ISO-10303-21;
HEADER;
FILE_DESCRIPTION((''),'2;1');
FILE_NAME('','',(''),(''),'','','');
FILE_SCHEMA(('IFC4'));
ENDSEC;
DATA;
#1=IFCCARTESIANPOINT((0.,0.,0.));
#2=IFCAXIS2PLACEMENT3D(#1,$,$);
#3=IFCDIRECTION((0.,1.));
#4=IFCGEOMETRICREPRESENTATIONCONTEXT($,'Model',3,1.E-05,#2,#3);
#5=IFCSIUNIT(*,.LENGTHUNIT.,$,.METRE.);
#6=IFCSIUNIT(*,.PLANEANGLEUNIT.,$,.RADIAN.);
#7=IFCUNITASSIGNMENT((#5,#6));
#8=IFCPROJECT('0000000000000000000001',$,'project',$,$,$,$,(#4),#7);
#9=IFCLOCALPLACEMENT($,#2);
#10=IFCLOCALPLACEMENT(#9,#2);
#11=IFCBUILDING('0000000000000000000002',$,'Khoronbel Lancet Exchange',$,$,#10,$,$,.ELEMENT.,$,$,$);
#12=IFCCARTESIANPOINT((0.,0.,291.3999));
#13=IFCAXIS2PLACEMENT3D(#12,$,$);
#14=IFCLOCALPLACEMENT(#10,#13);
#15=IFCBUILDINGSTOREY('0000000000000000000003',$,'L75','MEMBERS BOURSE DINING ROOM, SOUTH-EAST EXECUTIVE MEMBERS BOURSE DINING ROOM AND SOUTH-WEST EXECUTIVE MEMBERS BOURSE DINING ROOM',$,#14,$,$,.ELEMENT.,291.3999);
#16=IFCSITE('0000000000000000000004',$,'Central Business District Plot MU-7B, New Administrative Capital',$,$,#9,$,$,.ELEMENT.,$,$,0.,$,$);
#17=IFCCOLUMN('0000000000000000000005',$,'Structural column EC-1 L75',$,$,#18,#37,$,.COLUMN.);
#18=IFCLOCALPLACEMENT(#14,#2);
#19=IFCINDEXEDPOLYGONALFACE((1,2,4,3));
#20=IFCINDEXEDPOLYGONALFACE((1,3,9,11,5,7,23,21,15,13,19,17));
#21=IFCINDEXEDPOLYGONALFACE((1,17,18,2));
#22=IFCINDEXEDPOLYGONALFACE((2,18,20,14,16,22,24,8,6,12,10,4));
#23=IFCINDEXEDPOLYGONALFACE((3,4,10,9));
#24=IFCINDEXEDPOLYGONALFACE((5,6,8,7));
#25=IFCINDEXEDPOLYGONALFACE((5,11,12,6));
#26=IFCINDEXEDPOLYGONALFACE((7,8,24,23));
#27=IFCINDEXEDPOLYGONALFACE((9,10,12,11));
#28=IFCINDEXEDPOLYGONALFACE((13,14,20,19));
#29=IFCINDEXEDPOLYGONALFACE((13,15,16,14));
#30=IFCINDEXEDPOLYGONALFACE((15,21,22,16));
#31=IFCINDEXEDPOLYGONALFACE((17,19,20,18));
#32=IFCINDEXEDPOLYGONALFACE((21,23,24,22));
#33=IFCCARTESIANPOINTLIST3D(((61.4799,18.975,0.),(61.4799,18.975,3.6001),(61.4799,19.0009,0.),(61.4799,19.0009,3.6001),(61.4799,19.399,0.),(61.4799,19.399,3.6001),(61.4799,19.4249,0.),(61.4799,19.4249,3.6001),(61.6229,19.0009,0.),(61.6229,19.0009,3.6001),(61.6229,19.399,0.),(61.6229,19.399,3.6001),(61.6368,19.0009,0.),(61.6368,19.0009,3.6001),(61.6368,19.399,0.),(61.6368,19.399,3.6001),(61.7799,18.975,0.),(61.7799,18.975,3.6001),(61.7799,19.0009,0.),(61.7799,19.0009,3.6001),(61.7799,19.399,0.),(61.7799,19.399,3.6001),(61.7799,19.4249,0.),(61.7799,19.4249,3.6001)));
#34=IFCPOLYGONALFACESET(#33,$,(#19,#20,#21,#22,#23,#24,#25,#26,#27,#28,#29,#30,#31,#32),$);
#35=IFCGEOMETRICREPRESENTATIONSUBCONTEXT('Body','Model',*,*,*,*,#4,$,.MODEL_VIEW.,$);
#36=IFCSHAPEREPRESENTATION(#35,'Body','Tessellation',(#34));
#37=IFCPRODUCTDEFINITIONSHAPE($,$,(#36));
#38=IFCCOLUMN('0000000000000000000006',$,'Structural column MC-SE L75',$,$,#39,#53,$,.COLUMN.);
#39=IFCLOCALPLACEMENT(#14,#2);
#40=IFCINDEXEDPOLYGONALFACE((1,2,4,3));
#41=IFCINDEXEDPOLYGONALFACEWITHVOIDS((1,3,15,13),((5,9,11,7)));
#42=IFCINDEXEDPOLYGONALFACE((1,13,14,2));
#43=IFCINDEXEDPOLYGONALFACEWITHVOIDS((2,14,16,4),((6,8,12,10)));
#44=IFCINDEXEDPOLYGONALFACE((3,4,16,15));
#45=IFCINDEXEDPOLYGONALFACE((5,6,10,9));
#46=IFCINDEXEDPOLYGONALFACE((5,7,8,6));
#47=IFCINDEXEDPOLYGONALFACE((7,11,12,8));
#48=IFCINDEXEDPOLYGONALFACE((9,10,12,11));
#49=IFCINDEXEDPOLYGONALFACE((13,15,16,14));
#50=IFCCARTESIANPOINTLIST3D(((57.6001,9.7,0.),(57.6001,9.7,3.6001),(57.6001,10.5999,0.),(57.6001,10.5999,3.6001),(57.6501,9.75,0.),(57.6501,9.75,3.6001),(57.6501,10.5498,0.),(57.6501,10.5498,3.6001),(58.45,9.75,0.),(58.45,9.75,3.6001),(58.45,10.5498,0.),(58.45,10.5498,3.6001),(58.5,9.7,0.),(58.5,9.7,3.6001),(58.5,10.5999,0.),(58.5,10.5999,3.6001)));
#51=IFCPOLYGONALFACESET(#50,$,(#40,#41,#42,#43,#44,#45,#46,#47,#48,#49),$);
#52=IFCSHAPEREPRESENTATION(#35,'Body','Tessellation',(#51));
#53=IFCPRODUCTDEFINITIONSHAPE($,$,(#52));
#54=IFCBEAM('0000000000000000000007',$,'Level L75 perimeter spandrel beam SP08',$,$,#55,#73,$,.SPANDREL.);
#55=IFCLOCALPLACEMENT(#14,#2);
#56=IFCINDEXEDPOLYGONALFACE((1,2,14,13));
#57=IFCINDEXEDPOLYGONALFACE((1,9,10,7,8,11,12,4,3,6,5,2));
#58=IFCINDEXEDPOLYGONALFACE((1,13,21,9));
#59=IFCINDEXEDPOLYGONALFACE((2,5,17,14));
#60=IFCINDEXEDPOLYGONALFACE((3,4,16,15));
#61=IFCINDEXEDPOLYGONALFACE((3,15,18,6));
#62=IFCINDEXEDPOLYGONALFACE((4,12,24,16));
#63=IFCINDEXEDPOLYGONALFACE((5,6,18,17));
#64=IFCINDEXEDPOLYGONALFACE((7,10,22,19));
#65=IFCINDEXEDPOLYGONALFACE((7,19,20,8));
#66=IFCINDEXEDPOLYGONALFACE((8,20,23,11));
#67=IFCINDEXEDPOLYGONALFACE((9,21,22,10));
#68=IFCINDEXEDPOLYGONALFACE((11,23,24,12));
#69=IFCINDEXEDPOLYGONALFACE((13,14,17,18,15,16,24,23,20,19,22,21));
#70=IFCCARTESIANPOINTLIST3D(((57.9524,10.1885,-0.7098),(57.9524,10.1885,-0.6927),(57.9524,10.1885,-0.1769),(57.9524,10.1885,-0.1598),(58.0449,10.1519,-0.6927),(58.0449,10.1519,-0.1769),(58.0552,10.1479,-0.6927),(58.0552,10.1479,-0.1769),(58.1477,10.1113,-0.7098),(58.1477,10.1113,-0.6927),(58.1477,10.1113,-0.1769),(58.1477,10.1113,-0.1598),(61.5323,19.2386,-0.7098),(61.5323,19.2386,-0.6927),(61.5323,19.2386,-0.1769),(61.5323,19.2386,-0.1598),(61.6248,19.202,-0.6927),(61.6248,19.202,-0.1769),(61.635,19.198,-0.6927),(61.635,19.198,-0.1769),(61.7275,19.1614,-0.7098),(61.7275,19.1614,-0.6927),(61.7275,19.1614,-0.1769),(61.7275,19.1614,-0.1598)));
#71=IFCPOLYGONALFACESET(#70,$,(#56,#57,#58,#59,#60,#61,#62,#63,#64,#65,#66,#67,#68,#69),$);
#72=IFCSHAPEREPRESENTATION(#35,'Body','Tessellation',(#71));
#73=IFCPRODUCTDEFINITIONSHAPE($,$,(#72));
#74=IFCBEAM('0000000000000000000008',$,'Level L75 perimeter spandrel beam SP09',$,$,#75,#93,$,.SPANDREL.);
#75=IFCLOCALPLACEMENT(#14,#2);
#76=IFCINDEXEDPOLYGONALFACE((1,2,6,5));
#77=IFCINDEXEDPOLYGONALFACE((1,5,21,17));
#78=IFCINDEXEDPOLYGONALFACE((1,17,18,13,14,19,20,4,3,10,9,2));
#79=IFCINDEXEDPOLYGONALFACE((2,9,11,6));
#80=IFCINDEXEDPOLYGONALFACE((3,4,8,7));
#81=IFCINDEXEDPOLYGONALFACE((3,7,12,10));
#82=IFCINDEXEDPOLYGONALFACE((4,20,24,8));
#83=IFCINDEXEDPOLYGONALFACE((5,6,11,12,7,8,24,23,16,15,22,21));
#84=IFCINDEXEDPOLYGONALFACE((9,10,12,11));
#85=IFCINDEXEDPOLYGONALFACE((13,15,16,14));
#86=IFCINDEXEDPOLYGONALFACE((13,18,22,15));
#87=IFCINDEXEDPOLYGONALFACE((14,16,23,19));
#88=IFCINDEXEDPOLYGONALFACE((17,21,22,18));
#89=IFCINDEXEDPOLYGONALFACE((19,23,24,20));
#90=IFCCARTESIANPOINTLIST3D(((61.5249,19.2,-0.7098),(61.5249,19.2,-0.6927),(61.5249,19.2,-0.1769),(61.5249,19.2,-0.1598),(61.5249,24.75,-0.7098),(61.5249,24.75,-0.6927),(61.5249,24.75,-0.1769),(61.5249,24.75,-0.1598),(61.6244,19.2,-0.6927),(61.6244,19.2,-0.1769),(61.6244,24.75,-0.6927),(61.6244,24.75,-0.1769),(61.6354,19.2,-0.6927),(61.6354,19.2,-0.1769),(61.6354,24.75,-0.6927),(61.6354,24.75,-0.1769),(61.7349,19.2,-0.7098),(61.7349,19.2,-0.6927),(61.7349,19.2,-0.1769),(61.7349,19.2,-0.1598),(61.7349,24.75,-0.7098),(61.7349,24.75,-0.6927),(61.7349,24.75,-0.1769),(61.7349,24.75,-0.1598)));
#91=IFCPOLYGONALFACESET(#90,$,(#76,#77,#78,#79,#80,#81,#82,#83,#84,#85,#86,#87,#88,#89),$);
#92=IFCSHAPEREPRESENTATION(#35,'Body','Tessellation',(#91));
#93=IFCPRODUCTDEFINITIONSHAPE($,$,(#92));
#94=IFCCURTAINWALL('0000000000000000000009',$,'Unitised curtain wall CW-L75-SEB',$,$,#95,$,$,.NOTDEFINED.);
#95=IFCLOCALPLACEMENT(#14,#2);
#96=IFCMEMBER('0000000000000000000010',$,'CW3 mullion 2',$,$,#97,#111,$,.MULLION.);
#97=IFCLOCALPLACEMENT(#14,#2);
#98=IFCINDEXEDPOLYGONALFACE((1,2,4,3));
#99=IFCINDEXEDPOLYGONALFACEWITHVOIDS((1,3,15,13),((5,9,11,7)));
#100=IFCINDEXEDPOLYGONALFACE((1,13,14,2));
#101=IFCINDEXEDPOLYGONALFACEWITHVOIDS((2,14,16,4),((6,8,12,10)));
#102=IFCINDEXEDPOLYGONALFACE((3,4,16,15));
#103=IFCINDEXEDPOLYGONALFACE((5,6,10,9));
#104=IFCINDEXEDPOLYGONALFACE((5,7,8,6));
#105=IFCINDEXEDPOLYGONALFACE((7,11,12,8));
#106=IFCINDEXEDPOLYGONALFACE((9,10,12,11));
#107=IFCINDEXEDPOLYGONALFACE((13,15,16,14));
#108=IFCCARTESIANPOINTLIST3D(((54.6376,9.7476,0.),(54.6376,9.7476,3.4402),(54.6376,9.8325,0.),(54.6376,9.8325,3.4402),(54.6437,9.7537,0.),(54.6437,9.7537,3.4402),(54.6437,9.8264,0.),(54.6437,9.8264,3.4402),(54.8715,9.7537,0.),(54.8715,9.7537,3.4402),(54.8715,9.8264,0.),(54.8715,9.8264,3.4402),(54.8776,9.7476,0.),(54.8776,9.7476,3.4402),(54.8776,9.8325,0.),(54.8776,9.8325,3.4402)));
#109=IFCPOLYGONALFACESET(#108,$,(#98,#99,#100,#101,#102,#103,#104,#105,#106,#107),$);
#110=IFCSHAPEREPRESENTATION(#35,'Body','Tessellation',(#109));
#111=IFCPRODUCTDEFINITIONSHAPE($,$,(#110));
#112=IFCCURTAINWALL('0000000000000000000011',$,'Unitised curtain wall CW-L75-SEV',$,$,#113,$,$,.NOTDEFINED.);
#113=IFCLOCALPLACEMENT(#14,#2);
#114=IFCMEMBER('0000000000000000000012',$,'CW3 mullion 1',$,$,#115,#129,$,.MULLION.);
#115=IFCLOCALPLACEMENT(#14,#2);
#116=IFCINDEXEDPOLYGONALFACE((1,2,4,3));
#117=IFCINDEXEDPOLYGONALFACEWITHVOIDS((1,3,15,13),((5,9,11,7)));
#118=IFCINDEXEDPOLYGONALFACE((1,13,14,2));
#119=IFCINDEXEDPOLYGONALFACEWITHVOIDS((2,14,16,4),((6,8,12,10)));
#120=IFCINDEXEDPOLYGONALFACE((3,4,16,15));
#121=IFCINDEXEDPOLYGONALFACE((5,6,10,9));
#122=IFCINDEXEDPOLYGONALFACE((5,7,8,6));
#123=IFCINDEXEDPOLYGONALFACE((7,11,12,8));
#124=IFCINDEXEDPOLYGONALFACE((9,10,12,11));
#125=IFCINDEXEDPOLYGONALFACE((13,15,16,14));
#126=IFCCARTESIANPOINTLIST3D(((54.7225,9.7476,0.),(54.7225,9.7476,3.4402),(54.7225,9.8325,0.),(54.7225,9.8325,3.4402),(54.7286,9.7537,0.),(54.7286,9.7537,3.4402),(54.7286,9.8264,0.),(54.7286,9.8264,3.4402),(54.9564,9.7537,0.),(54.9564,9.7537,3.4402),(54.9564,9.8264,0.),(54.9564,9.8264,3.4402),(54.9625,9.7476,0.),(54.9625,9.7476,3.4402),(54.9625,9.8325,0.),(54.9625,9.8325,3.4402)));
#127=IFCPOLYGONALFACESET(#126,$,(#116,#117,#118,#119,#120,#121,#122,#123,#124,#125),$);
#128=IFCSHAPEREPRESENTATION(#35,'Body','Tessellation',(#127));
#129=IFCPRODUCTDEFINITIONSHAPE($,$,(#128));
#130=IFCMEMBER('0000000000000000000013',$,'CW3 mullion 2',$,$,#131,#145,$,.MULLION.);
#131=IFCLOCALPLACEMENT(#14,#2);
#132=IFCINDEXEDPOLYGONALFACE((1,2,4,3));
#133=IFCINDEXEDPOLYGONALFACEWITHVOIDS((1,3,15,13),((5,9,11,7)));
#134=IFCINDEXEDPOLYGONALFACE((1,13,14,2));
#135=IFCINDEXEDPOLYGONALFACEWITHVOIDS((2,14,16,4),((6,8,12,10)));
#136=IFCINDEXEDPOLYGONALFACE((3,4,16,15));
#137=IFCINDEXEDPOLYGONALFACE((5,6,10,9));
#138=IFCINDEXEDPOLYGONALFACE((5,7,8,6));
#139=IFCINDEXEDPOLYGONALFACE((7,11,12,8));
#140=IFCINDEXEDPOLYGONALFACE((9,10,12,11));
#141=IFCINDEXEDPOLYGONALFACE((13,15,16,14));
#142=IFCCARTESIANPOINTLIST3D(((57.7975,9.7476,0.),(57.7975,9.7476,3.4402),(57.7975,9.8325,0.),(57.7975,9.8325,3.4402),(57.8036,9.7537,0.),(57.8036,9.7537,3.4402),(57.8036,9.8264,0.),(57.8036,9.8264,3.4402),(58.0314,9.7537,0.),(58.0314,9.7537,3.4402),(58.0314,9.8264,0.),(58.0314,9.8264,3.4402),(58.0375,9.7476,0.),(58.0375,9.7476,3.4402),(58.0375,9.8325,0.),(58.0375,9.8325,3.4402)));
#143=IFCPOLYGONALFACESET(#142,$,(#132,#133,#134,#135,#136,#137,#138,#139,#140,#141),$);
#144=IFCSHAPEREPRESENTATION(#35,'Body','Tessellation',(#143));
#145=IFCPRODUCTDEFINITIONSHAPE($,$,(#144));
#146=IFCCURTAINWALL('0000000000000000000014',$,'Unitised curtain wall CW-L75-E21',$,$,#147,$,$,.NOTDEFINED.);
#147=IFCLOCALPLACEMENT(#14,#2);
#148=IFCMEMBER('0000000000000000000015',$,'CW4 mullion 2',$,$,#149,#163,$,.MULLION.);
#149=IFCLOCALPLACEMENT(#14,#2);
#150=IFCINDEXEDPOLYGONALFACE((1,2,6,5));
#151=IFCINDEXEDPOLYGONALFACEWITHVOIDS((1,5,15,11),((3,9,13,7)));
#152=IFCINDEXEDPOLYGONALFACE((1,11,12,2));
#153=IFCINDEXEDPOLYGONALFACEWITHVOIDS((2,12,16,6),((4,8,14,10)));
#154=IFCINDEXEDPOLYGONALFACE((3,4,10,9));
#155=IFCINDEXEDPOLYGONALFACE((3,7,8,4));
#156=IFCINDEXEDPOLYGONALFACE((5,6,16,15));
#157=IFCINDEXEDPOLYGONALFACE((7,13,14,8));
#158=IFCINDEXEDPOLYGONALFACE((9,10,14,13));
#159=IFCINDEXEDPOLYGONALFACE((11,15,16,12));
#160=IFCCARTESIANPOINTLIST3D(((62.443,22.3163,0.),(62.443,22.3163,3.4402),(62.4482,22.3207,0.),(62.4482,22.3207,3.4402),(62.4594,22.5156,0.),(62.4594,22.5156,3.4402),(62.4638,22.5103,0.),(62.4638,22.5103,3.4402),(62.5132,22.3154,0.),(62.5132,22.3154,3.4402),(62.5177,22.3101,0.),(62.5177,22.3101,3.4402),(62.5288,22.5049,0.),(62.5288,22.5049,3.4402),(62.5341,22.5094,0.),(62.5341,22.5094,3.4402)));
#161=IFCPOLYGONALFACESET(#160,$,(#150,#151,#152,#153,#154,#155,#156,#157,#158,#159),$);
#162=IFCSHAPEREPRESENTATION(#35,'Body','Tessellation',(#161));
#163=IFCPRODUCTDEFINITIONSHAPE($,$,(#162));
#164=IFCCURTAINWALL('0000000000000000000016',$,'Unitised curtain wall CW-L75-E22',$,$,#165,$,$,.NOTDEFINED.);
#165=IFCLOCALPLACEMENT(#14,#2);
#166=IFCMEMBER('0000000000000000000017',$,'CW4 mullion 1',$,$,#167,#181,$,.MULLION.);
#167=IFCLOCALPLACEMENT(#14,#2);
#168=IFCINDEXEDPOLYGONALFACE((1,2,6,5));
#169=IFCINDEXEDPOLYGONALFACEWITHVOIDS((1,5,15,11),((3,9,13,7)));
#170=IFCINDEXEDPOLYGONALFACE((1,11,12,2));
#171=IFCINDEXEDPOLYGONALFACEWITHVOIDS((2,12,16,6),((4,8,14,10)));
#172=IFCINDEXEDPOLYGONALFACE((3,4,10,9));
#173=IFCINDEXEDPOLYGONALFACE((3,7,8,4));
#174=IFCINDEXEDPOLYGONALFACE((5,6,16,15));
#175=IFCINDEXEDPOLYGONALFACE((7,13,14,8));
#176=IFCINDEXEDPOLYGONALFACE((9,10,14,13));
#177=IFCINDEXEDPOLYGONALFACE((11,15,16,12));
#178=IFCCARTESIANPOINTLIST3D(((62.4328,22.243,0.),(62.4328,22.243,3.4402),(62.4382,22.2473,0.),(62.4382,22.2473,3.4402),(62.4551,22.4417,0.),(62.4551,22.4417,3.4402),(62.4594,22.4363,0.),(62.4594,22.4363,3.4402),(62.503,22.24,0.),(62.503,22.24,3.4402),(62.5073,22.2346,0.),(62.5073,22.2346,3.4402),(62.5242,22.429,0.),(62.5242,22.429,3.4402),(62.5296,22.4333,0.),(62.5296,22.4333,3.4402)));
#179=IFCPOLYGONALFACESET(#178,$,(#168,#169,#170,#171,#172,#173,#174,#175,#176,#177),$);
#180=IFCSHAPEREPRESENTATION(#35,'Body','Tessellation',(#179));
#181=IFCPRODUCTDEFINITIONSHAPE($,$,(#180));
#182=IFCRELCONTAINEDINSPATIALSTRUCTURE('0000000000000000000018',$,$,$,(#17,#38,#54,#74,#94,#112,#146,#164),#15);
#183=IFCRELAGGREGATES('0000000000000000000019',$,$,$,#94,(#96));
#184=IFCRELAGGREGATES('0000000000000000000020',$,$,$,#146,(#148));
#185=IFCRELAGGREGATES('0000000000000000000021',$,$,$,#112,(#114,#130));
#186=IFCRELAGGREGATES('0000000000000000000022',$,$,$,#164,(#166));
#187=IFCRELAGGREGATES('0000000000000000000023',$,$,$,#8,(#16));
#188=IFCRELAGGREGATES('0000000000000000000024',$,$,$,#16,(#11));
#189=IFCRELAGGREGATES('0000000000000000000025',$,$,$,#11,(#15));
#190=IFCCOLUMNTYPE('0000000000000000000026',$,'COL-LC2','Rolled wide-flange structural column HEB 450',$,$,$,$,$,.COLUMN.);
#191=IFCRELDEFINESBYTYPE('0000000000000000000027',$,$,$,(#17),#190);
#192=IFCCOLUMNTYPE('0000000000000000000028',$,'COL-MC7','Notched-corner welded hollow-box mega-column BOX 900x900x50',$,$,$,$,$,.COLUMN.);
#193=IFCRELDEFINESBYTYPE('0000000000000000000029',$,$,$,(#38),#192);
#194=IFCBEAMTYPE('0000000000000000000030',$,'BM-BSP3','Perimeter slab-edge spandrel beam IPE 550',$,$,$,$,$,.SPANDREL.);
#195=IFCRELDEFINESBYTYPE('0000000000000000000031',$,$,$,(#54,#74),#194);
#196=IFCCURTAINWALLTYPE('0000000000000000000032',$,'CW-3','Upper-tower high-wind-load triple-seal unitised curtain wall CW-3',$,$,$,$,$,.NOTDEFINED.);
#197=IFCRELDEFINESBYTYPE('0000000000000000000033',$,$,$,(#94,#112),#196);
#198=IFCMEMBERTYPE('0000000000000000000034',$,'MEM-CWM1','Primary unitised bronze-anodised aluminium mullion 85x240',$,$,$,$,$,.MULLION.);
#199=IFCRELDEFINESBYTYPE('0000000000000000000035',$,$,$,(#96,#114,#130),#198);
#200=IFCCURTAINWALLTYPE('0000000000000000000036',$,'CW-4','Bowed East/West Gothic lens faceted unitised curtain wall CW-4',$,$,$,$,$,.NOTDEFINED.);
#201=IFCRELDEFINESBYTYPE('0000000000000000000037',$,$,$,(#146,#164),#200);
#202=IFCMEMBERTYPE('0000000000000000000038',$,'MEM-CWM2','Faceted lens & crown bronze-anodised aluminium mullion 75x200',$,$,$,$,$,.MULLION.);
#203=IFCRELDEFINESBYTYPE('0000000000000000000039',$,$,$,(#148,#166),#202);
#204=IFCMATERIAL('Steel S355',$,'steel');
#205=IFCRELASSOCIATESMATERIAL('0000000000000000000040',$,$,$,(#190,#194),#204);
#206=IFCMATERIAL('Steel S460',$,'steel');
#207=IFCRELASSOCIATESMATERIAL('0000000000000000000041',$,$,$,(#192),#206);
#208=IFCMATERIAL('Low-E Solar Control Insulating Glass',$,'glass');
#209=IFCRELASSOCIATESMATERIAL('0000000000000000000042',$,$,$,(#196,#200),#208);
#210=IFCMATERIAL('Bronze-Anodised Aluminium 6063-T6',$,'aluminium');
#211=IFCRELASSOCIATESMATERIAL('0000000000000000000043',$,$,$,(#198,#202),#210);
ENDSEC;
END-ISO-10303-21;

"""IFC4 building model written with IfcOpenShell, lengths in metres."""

from ifc_helpers import new_model, si_unit, direction, frame, origin, origin_2d, place, context, subcontext, project, spatial, hollow_rectangle, i_section, extrude, material, material_profile, profile_set, type_object, element, aggregate, save


model = new_model("IFC4")

# Units and contexts
model_context = context("Model", 3, precision=1e-05, world=origin(), true_north=direction((0.0, 1.0)))
body_context = subcontext(model_context, "Body", "Model", "MODEL_VIEW")
ifc_project = project(units=[si_unit("LENGTHUNIT", "METRE"), si_unit("PLANEANGLEUNIT", "RADIAN")], contexts=[model_context])

# Site, building, storey
site_placement = place(None, origin())
site = spatial("IfcSite", under=ifc_project, at=site_placement, Name="Central Business District Plot MU-7B, New Administrative Capital", CompositionType="ELEMENT", RefElevation=0.0)
building_placement = place(site_placement, origin())
building = spatial("IfcBuilding", under=site, at=building_placement, Name="Khoronbel Lancet Exchange", CompositionType="ELEMENT")
storey_placement = place(building_placement, frame((0.0, 0.0, 291.3999)))
storey = spatial("IfcBuildingStorey", under=building, at=storey_placement, Name="L75", Description="MEMBERS BOURSE DINING ROOM, SOUTH-EAST EXECUTIVE MEMBERS BOURSE DINING ROOM AND SOUTH-WEST EXECUTIVE MEMBERS BOURSE DINING ROOM", CompositionType="ELEMENT", Elevation=291.3999)

# Columns
ifc_material_1 = material(Name="Steel S355", Category="steel")
ifc_material_profile_1 = material_profile(ifc_material_1, i_section(OverallWidth=0.3, OverallDepth=0.45, WebThickness=0.0139, FlangeThickness=0.0259, at=origin_2d()), Name="HEB 450")
ifc_profile_set_1 = profile_set([ifc_material_profile_1], Name="Steel S355")
column_type_1 = type_object("IfcColumnType", Name="COL-LC2", Description="Rolled wide-flange structural column HEB 450", PredefinedType="COLUMN", material=ifc_profile_set_1)
column_1_placement = place(storey_placement, frame((61.6299, 19.2, 0.0), z_axis=(0.0, 0.0, 1.0), x_axis=(1.0, 0.0, 0.0)))
element("IfcColumn", 1, at=column_1_placement, inside=storey, type_object=column_type_1, Name="Structural column EC-1 L75", PredefinedType="COLUMN", context=body_context, shape_type="SweptSolid", body=[
    extrude(i_section(OverallWidth=0.3, OverallDepth=0.45, WebThickness=0.0139, FlangeThickness=0.0259, at=origin_2d()), origin(), (0.0, 0.0, 1.0), 3.6001),
])
ifc_material_2 = material(Name="Steel S460", Category="steel")
ifc_material_profile_2 = material_profile(ifc_material_2, hollow_rectangle(XDim=0.8999, YDim=0.8999, WallThickness=0.05, at=origin_2d()), Name="BOX 900x900x50")
ifc_profile_set_2 = profile_set([ifc_material_profile_2], Name="Steel S460")
column_type_2 = type_object("IfcColumnType", Name="COL-MC7", Description="Notched-corner welded hollow-box mega-column BOX 900x900x50", PredefinedType="COLUMN", material=ifc_profile_set_2)
column_2_placement = place(storey_placement, frame((58.05, 10.1499, 0.0), z_axis=(0.0, 0.0, 1.0), x_axis=(1.0, 0.0, 0.0)))
element("IfcColumn", 2, at=column_2_placement, inside=storey, type_object=column_type_2, Name="Structural column MC-SE L75", PredefinedType="COLUMN", context=body_context, shape_type="SweptSolid", body=[
    extrude(hollow_rectangle(XDim=0.8999, YDim=0.8999, WallThickness=0.05, at=origin_2d()), origin(), (0.0, 0.0, 1.0), 3.6001),
])

# Beams
ifc_material_profile_3 = material_profile(ifc_material_1, i_section(OverallWidth=0.21, OverallDepth=0.55, WebThickness=0.011, FlangeThickness=0.0171, at=origin_2d()), Name="IPE 550")
ifc_profile_set_3 = profile_set([ifc_material_profile_3], Name="Steel S355")
beam_type = type_object("IfcBeamType", Name="BM-BSP3", Description="Perimeter slab-edge spandrel beam IPE 550", PredefinedType="SPANDREL", material=ifc_profile_set_3)
beam_1_placement = place(storey_placement, frame((58.05, 10.1499, -0.4348), z_axis=(0.367828, 0.929894, 0.0), x_axis=(-0.929894, 0.367828, 0.0)))
element("IfcBeam", 3, at=beam_1_placement, inside=storey, type_object=beam_type, Name="Level L75 perimeter spandrel beam SP08", PredefinedType="SPANDREL", context=body_context, shape_type="SweptSolid", body=[
    extrude(i_section(OverallWidth=0.21, OverallDepth=0.55, WebThickness=0.011, FlangeThickness=0.0171, at=origin_2d()), origin(), (0.0, 0.0, 1.0), 9.7324),
])
beam_2_placement = place(storey_placement, frame((61.6299, 19.2, -0.4348), z_axis=(0.0, 1.0, 0.0), x_axis=(-1.0, 0.0, 0.0)))
element("IfcBeam", 4, at=beam_2_placement, inside=storey, type_object=beam_type, Name="Level L75 perimeter spandrel beam SP09", PredefinedType="SPANDREL", context=body_context, shape_type="SweptSolid", body=[
    extrude(i_section(OverallWidth=0.21, OverallDepth=0.55, WebThickness=0.011, FlangeThickness=0.0171, at=origin_2d()), origin(), (0.0, 0.0, 1.0), 5.55),
])

# Curtain wall, member
ifc_material_3 = material(Name="Low-E Solar Control Insulating Glass", Category="glass")
curtain_wall_type_1 = type_object("IfcCurtainWallType", Name="CW-3", Description="Upper-tower high-wind-load triple-seal unitised curtain wall CW-3", PredefinedType="NOTDEFINED", material=ifc_material_3)
curtain_wall_1_placement = place(storey_placement, origin())
curtain_wall_1 = element("IfcCurtainWall", 5, at=curtain_wall_1_placement, inside=storey, type_object=curtain_wall_type_1, Name="Unitised curtain wall CW-L75-SEB", PredefinedType="NOTDEFINED")
ifc_material_4 = material(Name="Bronze-Anodised Aluminium 6063-T6", Category="aluminium")
ifc_material_profile_4 = material_profile(ifc_material_4, hollow_rectangle(XDim=0.085, YDim=0.24, WallThickness=0.0061, at=origin_2d()), Name="ALU MULLION 85x240")
ifc_profile_set_4 = profile_set([ifc_material_profile_4], Name="Bronze-Anodised Aluminium 6063-T6")
member_type_1 = type_object("IfcMemberType", Name="MEM-CWM1", Description="Primary unitised bronze-anodised aluminium mullion 85x240", PredefinedType="MULLION", material=ifc_profile_set_4)
member_1_placement = place(storey_placement, frame((54.7576, 9.79, 0.0), z_axis=(0.0, 0.0, 1.0), x_axis=(0.0, 1.0, 0.0)))
member_1 = element("IfcMember", 6, at=member_1_placement, type_object=member_type_1, Name="CW3 mullion 2", PredefinedType="MULLION", context=body_context, shape_type="SweptSolid", body=[
    extrude(hollow_rectangle(XDim=0.085, YDim=0.24, WallThickness=0.0061, at=origin_2d()), origin(), (0.0, 0.0, 1.0), 3.4402),
])
aggregate(curtain_wall_1, [member_1])

# Curtain wall, members
curtain_wall_2_placement = place(storey_placement, origin())
curtain_wall_2 = element("IfcCurtainWall", 7, at=curtain_wall_2_placement, inside=storey, type_object=curtain_wall_type_1, Name="Unitised curtain wall CW-L75-SEV", PredefinedType="NOTDEFINED")
member_2_placement = place(storey_placement, frame((54.8425, 9.79, 0.0), z_axis=(0.0, 0.0, 1.0), x_axis=(0.0, 1.0, 0.0)))
member_2 = element("IfcMember", 8, at=member_2_placement, type_object=member_type_1, Name="CW3 mullion 1", PredefinedType="MULLION", context=body_context, shape_type="SweptSolid", body=[
    extrude(hollow_rectangle(XDim=0.085, YDim=0.24, WallThickness=0.0061, at=origin_2d()), origin(), (0.0, 0.0, 1.0), 3.4402),
])
member_3_placement = place(storey_placement, frame((57.9175, 9.79, 0.0), z_axis=(0.0, 0.0, 1.0), x_axis=(0.0, 1.0, 0.0)))
member_3 = element("IfcMember", 9, at=member_3_placement, type_object=member_type_1, Name="CW3 mullion 2", PredefinedType="MULLION", context=body_context, shape_type="SweptSolid", body=[
    extrude(hollow_rectangle(XDim=0.085, YDim=0.24, WallThickness=0.0061, at=origin_2d()), origin(), (0.0, 0.0, 1.0), 3.4402),
])

# Curtain wall, member
curtain_wall_type_2 = type_object("IfcCurtainWallType", Name="CW-4", Description="Bowed East/West Gothic lens faceted unitised curtain wall CW-4", PredefinedType="NOTDEFINED", material=ifc_material_3)
curtain_wall_3_placement = place(storey_placement, origin())
curtain_wall_3 = element("IfcCurtainWall", 10, at=curtain_wall_3_placement, inside=storey, type_object=curtain_wall_type_2, Name="Unitised curtain wall CW-L75-E21", PredefinedType="NOTDEFINED")
ifc_material_profile_5 = material_profile(ifc_material_4, hollow_rectangle(XDim=0.075, YDim=0.2, WallThickness=0.0049, at=origin_2d()), Name="ALU MULLION 75x200")
ifc_profile_set_5 = profile_set([ifc_material_profile_5], Name="Bronze-Anodised Aluminium 6063-T6")
member_type_2 = type_object("IfcMemberType", Name="MEM-CWM2", Description="Faceted lens & crown bronze-anodised aluminium mullion 75x200", PredefinedType="MULLION", material=ifc_profile_set_5)
member_4_placement = place(storey_placement, frame((62.4885, 22.4128, 0.0), z_axis=(0.0, 0.0, 1.0), x_axis=(0.996626, -0.082073, 0.0)))
member_4 = element("IfcMember", 11, at=member_4_placement, type_object=member_type_2, Name="CW4 mullion 2", PredefinedType="MULLION", context=body_context, shape_type="SweptSolid", body=[
    extrude(hollow_rectangle(XDim=0.075, YDim=0.2, WallThickness=0.0049, at=origin_2d()), origin(), (0.0, 0.0, 1.0), 3.4402),
])

# Curtain wall, member
curtain_wall_4_placement = place(storey_placement, origin())
curtain_wall_4 = element("IfcCurtainWall", 12, at=curtain_wall_4_placement, inside=storey, type_object=curtain_wall_type_2, Name="Unitised curtain wall CW-L75-E22", PredefinedType="NOTDEFINED")
member_5_placement = place(storey_placement, frame((62.4812, 22.3381, 0.0), z_axis=(0.0, 0.0, 1.0), x_axis=(0.993732, -0.111791, 0.0)))
member_5 = element("IfcMember", 13, at=member_5_placement, type_object=member_type_2, Name="CW4 mullion 1", PredefinedType="MULLION", context=body_context, shape_type="SweptSolid", body=[
    extrude(hollow_rectangle(XDim=0.075, YDim=0.2, WallThickness=0.0049, at=origin_2d()), origin(), (0.0, 0.0, 1.0), 3.4402),
])

aggregate(curtain_wall_3, [member_4])
aggregate(curtain_wall_2, [member_2, member_3])
aggregate(curtain_wall_4, [member_5])

save(model, "model.ifc")
